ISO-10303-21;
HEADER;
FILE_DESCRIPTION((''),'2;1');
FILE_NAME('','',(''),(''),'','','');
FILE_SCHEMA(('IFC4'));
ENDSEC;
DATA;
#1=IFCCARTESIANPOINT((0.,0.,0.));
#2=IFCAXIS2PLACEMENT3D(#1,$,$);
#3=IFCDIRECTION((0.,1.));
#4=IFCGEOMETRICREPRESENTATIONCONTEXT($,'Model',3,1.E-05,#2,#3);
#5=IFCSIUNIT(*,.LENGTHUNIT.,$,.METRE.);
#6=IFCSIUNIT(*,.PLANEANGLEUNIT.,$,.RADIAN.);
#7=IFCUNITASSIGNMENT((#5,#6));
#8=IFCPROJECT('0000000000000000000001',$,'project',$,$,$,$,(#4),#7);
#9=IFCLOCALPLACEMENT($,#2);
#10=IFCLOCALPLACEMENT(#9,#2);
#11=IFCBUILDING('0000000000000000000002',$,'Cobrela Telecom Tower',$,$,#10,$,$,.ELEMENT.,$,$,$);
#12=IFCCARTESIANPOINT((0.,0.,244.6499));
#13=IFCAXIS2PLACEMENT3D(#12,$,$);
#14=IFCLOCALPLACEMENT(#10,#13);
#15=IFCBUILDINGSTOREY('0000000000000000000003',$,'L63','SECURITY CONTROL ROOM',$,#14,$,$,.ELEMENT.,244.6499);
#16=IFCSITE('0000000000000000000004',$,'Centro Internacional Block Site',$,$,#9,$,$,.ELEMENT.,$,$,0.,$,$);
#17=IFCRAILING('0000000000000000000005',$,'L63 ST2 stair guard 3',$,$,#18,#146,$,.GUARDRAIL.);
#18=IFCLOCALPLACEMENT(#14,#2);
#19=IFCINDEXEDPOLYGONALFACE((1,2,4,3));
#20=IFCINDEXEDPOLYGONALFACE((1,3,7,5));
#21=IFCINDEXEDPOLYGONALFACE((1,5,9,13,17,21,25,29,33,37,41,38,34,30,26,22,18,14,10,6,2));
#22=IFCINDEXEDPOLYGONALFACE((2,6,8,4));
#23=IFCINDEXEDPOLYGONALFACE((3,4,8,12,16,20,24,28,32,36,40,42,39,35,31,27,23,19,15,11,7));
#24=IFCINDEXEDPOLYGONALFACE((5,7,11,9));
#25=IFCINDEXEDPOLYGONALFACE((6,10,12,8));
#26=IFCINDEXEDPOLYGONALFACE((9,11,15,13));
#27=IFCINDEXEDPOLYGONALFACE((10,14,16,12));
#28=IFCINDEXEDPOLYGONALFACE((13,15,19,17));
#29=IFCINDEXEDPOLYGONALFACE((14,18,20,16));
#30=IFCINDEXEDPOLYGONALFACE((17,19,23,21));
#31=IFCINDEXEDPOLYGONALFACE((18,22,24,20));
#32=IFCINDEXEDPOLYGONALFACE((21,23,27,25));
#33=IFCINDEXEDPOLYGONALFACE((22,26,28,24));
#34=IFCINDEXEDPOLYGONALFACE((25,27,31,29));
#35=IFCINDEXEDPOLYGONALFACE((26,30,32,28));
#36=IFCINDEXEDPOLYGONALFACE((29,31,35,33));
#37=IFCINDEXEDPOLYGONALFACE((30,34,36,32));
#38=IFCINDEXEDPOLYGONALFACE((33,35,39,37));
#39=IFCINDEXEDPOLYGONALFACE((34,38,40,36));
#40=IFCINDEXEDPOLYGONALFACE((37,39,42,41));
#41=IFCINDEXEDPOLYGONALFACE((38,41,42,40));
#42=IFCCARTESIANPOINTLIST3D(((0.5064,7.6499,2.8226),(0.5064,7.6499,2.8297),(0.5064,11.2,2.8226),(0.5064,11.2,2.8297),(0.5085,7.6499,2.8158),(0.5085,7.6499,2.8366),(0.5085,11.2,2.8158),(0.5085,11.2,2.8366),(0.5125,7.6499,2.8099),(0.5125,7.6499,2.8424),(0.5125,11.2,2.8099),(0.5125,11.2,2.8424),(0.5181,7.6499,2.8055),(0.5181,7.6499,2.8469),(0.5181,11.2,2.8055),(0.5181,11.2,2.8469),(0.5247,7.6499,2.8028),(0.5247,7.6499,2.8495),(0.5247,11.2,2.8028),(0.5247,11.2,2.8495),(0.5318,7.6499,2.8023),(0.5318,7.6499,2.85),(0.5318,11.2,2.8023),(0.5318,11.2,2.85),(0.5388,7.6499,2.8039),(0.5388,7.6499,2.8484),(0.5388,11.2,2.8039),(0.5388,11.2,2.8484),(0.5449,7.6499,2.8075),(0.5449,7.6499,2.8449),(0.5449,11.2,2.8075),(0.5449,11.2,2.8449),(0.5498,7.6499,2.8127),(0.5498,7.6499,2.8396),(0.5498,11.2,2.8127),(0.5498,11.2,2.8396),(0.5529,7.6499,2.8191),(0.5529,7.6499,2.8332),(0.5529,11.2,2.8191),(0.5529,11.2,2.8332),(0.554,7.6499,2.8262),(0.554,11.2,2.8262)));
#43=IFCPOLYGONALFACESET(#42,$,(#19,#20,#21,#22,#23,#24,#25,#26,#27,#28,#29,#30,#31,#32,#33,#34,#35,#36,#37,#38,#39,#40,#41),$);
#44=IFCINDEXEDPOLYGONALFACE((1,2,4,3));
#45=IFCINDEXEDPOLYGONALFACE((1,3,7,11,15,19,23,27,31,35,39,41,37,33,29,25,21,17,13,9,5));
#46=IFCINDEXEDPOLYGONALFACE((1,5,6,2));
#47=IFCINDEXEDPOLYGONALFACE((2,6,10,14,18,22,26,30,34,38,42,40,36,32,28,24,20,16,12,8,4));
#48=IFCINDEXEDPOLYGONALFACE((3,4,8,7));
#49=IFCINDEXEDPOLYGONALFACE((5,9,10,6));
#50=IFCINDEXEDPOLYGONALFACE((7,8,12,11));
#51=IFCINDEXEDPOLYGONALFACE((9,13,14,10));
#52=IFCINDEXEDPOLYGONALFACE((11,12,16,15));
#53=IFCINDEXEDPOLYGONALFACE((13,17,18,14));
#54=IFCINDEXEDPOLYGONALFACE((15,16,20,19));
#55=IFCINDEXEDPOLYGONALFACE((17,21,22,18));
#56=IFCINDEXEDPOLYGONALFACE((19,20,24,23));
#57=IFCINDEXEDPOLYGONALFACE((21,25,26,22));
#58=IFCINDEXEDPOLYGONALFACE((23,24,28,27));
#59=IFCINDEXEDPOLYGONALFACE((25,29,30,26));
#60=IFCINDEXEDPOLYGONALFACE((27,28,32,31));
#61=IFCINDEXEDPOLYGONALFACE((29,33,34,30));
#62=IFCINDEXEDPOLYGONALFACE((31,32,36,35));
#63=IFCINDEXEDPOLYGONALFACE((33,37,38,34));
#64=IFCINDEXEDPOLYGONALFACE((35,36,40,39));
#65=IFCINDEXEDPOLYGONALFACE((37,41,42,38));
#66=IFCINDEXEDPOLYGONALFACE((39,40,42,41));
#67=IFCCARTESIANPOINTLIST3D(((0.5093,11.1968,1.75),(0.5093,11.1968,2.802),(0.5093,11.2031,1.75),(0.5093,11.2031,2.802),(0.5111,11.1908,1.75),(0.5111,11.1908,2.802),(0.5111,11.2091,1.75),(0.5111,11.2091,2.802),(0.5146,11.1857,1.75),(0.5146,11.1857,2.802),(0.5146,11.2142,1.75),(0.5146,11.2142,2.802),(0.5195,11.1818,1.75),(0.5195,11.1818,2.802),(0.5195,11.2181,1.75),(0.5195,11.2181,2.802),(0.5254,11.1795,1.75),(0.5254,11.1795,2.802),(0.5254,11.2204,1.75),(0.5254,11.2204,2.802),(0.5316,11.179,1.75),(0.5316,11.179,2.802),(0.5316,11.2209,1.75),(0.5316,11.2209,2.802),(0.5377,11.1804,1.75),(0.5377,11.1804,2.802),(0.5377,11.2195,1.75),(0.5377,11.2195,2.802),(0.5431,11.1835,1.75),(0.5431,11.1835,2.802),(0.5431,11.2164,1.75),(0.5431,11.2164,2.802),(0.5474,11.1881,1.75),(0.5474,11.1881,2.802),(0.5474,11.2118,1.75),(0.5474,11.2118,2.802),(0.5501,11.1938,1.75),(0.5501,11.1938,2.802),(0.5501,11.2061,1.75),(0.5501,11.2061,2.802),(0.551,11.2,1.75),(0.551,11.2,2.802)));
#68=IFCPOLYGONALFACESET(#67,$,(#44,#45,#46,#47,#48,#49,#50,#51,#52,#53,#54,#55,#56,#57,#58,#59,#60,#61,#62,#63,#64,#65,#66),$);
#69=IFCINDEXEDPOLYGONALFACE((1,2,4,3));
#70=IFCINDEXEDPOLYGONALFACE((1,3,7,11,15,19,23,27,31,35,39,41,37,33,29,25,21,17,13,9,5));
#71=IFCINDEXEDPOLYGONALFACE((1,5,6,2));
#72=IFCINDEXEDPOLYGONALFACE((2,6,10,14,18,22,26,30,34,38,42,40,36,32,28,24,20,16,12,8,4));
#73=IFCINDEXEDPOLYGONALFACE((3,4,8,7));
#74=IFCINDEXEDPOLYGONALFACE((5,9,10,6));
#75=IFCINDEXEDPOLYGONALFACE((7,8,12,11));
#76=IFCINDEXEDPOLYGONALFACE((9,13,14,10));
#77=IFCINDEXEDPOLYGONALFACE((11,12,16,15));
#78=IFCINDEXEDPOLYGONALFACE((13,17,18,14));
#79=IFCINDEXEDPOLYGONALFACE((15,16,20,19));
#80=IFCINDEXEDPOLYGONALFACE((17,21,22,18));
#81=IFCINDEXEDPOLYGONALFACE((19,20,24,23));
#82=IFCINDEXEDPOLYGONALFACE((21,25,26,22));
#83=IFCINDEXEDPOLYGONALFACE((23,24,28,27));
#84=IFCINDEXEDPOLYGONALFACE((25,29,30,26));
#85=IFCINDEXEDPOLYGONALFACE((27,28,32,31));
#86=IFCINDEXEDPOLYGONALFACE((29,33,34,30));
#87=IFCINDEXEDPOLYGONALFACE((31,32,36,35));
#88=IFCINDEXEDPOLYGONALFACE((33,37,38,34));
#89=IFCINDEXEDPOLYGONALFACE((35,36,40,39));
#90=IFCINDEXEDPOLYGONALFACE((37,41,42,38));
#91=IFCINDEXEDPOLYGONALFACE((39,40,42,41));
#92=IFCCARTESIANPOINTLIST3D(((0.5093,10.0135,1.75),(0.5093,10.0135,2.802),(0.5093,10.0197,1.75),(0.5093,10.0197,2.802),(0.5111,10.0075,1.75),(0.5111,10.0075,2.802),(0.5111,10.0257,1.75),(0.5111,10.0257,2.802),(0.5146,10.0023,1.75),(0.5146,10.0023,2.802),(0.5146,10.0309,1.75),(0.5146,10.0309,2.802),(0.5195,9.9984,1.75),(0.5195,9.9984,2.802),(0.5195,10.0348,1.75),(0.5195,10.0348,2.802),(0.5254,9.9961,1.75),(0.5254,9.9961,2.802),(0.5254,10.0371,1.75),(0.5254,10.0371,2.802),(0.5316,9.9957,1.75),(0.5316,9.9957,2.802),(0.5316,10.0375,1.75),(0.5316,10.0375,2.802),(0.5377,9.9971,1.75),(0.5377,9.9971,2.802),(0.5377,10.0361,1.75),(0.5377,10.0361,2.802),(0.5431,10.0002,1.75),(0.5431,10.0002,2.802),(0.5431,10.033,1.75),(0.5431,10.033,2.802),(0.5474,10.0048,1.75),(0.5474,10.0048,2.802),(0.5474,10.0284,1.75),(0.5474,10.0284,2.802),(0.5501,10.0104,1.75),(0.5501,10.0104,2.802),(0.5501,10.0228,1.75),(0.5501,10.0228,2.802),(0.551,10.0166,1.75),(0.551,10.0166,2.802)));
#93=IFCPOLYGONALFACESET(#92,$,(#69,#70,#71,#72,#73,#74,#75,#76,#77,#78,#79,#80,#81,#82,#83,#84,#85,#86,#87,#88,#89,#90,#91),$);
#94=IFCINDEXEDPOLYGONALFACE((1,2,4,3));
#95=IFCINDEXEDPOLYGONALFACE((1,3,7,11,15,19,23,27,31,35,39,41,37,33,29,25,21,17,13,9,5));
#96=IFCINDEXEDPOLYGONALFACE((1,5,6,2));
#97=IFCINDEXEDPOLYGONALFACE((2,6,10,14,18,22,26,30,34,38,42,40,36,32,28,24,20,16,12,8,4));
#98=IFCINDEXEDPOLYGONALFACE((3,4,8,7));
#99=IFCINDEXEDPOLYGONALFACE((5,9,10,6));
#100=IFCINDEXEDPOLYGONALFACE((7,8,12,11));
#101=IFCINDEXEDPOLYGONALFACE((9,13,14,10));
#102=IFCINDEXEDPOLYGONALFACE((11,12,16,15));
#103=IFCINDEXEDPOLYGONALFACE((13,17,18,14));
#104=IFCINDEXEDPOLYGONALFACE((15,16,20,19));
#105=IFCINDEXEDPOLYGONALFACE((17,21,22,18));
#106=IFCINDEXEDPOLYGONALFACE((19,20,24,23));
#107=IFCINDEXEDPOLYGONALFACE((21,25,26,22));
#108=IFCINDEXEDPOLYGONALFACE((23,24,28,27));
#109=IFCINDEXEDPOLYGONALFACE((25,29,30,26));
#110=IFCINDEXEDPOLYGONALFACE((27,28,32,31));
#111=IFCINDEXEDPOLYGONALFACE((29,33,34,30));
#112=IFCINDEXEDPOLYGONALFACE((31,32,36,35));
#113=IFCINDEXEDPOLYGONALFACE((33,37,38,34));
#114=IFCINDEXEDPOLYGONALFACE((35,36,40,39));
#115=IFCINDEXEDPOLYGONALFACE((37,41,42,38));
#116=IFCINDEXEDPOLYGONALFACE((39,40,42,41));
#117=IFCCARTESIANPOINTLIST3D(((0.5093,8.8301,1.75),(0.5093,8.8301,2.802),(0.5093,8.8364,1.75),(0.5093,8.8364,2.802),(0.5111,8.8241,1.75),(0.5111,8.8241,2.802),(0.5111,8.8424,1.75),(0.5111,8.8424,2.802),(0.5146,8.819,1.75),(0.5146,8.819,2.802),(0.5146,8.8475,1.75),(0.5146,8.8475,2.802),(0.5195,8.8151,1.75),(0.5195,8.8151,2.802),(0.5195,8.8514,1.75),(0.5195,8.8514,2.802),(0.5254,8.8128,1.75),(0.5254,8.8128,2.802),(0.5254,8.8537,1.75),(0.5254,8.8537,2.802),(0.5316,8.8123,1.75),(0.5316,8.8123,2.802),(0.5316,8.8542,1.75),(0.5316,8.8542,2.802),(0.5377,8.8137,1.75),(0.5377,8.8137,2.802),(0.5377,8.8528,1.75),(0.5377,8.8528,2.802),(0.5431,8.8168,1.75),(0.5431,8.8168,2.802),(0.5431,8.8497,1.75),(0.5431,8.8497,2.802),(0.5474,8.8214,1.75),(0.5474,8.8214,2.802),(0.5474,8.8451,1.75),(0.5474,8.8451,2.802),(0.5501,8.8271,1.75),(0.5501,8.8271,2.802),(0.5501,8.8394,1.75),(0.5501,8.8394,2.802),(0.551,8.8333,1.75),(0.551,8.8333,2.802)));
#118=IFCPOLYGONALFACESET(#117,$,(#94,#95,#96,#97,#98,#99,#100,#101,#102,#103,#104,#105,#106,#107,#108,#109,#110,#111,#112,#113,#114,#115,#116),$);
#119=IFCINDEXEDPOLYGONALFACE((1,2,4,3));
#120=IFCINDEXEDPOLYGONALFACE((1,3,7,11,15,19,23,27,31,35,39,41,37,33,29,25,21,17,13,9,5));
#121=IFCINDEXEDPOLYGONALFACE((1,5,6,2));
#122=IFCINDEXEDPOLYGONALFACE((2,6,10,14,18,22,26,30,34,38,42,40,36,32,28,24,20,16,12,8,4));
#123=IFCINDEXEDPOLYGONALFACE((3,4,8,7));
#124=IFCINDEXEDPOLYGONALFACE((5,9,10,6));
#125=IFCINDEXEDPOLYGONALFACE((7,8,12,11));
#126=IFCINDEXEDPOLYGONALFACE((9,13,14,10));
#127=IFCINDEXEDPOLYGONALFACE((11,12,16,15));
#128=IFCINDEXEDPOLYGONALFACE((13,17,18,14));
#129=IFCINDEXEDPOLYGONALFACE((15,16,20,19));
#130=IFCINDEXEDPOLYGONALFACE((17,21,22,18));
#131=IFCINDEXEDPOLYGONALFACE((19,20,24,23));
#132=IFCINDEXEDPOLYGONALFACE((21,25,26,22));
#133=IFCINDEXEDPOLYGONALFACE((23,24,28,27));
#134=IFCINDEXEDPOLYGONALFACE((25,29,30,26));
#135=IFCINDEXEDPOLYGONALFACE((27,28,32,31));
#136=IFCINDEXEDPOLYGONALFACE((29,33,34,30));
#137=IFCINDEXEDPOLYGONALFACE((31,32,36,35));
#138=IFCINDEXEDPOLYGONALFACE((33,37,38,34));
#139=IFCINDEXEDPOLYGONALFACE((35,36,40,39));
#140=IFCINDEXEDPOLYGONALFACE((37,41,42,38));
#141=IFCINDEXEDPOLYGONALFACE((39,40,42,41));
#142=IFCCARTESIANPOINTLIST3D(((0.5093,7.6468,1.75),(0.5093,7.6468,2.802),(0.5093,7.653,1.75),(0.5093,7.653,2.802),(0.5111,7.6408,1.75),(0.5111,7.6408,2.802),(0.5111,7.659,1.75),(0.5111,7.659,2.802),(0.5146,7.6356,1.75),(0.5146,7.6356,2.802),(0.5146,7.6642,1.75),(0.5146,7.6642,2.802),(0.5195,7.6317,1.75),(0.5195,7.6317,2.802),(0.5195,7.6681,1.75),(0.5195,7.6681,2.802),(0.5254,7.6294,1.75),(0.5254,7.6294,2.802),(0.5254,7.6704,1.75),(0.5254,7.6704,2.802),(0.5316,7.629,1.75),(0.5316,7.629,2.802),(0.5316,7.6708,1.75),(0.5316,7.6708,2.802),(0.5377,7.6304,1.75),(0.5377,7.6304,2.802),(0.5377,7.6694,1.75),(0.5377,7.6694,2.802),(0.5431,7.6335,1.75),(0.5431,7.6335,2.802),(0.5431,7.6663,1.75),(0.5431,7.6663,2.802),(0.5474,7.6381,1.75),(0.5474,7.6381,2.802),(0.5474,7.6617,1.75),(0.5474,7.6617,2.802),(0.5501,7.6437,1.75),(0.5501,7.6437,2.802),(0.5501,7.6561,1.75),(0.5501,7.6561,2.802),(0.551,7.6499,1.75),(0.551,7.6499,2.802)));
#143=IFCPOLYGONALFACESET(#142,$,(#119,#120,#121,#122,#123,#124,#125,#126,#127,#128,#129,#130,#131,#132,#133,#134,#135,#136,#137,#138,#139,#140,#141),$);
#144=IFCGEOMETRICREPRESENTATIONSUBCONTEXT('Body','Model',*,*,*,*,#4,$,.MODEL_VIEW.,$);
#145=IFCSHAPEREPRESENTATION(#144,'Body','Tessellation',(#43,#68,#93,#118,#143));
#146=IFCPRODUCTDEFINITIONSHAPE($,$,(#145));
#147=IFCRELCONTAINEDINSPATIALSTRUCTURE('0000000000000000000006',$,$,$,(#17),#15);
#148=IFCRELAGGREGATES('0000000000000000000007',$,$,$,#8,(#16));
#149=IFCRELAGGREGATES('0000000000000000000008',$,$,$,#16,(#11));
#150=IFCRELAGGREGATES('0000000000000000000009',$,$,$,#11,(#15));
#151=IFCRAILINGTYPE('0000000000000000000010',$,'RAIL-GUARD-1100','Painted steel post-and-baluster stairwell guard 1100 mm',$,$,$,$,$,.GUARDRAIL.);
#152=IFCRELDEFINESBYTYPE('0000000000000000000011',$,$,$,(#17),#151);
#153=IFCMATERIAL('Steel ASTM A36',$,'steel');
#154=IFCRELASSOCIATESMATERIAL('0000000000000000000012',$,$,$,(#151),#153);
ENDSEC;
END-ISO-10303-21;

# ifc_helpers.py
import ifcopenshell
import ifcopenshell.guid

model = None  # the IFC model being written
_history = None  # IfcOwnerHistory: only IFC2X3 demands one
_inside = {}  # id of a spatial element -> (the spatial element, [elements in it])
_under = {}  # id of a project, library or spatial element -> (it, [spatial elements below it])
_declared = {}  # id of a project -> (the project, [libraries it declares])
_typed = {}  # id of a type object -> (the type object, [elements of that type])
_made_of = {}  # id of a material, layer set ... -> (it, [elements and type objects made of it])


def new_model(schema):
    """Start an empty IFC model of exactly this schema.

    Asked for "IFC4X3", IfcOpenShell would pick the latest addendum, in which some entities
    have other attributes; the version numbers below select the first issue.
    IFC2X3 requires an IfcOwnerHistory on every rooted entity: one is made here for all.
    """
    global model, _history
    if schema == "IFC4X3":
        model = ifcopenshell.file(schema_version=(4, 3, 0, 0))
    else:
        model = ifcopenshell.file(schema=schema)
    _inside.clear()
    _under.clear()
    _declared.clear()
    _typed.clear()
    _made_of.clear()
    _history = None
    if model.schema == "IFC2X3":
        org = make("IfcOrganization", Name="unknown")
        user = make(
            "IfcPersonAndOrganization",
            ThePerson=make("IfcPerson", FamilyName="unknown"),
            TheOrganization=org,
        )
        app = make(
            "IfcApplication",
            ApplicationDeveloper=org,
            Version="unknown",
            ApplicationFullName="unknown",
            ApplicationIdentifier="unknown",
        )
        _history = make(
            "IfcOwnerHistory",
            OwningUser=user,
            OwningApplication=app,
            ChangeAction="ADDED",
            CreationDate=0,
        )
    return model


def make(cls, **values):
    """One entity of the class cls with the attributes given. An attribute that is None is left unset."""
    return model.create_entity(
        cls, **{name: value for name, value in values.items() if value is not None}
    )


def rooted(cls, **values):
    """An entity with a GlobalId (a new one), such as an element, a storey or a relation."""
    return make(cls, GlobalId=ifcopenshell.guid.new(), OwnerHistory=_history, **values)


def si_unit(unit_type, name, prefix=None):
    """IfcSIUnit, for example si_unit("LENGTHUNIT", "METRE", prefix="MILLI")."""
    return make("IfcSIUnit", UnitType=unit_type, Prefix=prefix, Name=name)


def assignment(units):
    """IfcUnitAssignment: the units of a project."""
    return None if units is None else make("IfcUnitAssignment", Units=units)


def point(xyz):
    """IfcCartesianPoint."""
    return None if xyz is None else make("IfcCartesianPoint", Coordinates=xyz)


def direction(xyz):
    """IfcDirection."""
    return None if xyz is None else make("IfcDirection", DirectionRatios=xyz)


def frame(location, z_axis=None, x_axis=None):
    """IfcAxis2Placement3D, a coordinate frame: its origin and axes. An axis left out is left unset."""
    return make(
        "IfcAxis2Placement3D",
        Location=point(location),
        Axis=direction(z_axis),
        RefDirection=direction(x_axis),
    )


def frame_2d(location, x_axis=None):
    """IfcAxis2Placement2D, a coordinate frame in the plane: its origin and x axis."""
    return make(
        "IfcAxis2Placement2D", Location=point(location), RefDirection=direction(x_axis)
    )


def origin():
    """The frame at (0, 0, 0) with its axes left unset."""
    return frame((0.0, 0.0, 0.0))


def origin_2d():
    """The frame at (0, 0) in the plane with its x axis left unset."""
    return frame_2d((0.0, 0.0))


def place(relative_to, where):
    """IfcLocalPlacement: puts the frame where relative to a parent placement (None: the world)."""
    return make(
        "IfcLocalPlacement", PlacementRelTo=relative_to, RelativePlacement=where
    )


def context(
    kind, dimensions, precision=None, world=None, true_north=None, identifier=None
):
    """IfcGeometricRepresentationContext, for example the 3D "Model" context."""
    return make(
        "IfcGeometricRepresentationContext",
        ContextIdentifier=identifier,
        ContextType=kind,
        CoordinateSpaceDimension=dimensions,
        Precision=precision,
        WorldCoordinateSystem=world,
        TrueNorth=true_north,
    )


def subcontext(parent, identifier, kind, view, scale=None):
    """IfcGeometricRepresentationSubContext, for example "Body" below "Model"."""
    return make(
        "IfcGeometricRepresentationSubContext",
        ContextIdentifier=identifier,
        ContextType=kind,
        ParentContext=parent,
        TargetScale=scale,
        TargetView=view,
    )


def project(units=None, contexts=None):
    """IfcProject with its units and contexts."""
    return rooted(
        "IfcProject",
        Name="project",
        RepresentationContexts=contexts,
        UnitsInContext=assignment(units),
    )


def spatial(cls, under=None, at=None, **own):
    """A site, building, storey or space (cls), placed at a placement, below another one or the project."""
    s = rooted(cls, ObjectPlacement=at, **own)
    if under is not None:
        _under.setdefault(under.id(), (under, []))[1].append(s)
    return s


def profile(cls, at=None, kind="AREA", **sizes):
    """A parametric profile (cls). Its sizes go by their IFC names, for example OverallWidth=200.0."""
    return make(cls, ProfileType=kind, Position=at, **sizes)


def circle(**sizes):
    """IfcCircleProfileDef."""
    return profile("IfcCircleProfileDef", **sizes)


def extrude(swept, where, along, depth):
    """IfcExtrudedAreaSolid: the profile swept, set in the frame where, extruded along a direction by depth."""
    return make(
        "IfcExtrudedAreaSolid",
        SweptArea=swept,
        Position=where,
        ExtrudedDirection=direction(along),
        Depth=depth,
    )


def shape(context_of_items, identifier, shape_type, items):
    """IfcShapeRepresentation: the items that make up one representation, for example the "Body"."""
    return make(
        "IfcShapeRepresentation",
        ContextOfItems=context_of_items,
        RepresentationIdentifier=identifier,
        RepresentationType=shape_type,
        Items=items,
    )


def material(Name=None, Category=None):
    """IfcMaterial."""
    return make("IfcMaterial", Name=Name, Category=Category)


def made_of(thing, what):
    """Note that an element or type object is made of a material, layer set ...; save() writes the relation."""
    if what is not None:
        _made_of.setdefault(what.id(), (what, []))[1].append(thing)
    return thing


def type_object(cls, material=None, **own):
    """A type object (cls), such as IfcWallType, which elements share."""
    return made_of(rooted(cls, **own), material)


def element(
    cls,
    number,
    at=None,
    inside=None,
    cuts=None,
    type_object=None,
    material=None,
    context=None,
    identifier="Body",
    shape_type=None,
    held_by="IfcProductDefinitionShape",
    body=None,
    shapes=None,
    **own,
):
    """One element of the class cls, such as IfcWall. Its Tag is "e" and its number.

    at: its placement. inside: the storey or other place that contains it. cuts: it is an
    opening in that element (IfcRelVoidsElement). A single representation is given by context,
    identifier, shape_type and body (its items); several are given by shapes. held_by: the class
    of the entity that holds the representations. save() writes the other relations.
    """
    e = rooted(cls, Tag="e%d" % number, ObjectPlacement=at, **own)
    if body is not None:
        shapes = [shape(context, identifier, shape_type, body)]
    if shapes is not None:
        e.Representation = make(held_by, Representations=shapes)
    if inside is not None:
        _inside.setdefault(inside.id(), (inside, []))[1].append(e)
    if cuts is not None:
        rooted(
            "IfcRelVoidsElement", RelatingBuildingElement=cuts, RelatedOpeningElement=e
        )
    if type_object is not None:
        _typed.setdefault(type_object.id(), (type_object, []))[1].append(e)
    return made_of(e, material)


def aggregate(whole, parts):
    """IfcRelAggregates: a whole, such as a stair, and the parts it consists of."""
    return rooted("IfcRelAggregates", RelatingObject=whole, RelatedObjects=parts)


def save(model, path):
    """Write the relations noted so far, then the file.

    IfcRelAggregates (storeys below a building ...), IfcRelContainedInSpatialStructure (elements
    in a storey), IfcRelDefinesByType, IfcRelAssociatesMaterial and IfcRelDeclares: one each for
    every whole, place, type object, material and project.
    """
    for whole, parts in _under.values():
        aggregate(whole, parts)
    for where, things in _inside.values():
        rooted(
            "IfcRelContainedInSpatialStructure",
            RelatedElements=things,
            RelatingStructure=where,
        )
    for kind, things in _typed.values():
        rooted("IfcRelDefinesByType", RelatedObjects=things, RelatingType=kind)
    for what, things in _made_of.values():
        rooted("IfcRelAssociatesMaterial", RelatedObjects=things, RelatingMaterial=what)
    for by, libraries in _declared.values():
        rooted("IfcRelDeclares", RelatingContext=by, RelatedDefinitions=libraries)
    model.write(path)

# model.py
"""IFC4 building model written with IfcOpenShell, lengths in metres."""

from ifc_helpers import new_model, si_unit, direction, frame, origin, origin_2d, place, context, subcontext, project, spatial, circle, extrude, material, type_object, element, save


model = new_model("IFC4")

# Units and contexts
model_context = context("Model", 3, precision=1e-05, world=origin(), true_north=direction((0.0, 1.0)))
body_context = subcontext(model_context, "Body", "Model", "MODEL_VIEW")
ifc_project = project(units=[si_unit("LENGTHUNIT", "METRE"), si_unit("PLANEANGLEUNIT", "RADIAN")], contexts=[model_context])

# Site, building, storey
site_placement = place(None, origin())
site = spatial("IfcSite", under=ifc_project, at=site_placement, Name="Centro Internacional Block Site", CompositionType="ELEMENT", RefElevation=0.0)
building_placement = place(site_placement, origin())
building = spatial("IfcBuilding", under=site, at=building_placement, Name="Cobrela Telecom Tower", CompositionType="ELEMENT")
storey_placement = place(building_placement, frame((0.0, 0.0, 244.6499)))
storey = spatial("IfcBuildingStorey", under=building, at=storey_placement, Name="L63", Description="SECURITY CONTROL ROOM", CompositionType="ELEMENT", Elevation=244.6499)

# Shared definitions
ifc_material_1 = material(Name="Steel ASTM A36", Category="steel")

# Railing
railing_type = type_object("IfcRailingType", Name="RAIL-GUARD-1100", Description="Painted steel post-and-baluster stairwell guard 1100 mm", PredefinedType="GUARDRAIL", material=ifc_material_1)
railing_1_placement = place(storey_placement, frame((0.53, 11.2, 1.75)))
element("IfcRailing", 1, at=railing_1_placement, inside=storey, type_object=railing_type, Name="L63 ST2 stair guard 3", PredefinedType="GUARDRAIL", context=body_context, shape_type="SweptSolid", body=[
    extrude(circle(Radius=0.0239, at=origin_2d()), frame((0.0, 0.0, 1.0762), z_axis=(0.0, -1.0, 0.0), x_axis=(1.0, 0.0, 0.0)), (0.0, 0.0, 1.0), 3.55),
    extrude(circle(Radius=0.021, at=origin_2d()), origin(), (0.0, 0.0, 1.0), 1.052),
    extrude(circle(Radius=0.021, at=origin_2d()), frame((0.0, -1.1833, 0.0)), (0.0, 0.0, 1.0), 1.052),
    extrude(circle(Radius=0.021, at=origin_2d()), frame((0.0, -2.3667, 0.0)), (0.0, 0.0, 1.0), 1.052),
    extrude(circle(Radius=0.021, at=origin_2d()), frame((0.0, -3.55, 0.0)), (0.0, 0.0, 1.0), 1.052),
])

save(model, "model.ifc")
